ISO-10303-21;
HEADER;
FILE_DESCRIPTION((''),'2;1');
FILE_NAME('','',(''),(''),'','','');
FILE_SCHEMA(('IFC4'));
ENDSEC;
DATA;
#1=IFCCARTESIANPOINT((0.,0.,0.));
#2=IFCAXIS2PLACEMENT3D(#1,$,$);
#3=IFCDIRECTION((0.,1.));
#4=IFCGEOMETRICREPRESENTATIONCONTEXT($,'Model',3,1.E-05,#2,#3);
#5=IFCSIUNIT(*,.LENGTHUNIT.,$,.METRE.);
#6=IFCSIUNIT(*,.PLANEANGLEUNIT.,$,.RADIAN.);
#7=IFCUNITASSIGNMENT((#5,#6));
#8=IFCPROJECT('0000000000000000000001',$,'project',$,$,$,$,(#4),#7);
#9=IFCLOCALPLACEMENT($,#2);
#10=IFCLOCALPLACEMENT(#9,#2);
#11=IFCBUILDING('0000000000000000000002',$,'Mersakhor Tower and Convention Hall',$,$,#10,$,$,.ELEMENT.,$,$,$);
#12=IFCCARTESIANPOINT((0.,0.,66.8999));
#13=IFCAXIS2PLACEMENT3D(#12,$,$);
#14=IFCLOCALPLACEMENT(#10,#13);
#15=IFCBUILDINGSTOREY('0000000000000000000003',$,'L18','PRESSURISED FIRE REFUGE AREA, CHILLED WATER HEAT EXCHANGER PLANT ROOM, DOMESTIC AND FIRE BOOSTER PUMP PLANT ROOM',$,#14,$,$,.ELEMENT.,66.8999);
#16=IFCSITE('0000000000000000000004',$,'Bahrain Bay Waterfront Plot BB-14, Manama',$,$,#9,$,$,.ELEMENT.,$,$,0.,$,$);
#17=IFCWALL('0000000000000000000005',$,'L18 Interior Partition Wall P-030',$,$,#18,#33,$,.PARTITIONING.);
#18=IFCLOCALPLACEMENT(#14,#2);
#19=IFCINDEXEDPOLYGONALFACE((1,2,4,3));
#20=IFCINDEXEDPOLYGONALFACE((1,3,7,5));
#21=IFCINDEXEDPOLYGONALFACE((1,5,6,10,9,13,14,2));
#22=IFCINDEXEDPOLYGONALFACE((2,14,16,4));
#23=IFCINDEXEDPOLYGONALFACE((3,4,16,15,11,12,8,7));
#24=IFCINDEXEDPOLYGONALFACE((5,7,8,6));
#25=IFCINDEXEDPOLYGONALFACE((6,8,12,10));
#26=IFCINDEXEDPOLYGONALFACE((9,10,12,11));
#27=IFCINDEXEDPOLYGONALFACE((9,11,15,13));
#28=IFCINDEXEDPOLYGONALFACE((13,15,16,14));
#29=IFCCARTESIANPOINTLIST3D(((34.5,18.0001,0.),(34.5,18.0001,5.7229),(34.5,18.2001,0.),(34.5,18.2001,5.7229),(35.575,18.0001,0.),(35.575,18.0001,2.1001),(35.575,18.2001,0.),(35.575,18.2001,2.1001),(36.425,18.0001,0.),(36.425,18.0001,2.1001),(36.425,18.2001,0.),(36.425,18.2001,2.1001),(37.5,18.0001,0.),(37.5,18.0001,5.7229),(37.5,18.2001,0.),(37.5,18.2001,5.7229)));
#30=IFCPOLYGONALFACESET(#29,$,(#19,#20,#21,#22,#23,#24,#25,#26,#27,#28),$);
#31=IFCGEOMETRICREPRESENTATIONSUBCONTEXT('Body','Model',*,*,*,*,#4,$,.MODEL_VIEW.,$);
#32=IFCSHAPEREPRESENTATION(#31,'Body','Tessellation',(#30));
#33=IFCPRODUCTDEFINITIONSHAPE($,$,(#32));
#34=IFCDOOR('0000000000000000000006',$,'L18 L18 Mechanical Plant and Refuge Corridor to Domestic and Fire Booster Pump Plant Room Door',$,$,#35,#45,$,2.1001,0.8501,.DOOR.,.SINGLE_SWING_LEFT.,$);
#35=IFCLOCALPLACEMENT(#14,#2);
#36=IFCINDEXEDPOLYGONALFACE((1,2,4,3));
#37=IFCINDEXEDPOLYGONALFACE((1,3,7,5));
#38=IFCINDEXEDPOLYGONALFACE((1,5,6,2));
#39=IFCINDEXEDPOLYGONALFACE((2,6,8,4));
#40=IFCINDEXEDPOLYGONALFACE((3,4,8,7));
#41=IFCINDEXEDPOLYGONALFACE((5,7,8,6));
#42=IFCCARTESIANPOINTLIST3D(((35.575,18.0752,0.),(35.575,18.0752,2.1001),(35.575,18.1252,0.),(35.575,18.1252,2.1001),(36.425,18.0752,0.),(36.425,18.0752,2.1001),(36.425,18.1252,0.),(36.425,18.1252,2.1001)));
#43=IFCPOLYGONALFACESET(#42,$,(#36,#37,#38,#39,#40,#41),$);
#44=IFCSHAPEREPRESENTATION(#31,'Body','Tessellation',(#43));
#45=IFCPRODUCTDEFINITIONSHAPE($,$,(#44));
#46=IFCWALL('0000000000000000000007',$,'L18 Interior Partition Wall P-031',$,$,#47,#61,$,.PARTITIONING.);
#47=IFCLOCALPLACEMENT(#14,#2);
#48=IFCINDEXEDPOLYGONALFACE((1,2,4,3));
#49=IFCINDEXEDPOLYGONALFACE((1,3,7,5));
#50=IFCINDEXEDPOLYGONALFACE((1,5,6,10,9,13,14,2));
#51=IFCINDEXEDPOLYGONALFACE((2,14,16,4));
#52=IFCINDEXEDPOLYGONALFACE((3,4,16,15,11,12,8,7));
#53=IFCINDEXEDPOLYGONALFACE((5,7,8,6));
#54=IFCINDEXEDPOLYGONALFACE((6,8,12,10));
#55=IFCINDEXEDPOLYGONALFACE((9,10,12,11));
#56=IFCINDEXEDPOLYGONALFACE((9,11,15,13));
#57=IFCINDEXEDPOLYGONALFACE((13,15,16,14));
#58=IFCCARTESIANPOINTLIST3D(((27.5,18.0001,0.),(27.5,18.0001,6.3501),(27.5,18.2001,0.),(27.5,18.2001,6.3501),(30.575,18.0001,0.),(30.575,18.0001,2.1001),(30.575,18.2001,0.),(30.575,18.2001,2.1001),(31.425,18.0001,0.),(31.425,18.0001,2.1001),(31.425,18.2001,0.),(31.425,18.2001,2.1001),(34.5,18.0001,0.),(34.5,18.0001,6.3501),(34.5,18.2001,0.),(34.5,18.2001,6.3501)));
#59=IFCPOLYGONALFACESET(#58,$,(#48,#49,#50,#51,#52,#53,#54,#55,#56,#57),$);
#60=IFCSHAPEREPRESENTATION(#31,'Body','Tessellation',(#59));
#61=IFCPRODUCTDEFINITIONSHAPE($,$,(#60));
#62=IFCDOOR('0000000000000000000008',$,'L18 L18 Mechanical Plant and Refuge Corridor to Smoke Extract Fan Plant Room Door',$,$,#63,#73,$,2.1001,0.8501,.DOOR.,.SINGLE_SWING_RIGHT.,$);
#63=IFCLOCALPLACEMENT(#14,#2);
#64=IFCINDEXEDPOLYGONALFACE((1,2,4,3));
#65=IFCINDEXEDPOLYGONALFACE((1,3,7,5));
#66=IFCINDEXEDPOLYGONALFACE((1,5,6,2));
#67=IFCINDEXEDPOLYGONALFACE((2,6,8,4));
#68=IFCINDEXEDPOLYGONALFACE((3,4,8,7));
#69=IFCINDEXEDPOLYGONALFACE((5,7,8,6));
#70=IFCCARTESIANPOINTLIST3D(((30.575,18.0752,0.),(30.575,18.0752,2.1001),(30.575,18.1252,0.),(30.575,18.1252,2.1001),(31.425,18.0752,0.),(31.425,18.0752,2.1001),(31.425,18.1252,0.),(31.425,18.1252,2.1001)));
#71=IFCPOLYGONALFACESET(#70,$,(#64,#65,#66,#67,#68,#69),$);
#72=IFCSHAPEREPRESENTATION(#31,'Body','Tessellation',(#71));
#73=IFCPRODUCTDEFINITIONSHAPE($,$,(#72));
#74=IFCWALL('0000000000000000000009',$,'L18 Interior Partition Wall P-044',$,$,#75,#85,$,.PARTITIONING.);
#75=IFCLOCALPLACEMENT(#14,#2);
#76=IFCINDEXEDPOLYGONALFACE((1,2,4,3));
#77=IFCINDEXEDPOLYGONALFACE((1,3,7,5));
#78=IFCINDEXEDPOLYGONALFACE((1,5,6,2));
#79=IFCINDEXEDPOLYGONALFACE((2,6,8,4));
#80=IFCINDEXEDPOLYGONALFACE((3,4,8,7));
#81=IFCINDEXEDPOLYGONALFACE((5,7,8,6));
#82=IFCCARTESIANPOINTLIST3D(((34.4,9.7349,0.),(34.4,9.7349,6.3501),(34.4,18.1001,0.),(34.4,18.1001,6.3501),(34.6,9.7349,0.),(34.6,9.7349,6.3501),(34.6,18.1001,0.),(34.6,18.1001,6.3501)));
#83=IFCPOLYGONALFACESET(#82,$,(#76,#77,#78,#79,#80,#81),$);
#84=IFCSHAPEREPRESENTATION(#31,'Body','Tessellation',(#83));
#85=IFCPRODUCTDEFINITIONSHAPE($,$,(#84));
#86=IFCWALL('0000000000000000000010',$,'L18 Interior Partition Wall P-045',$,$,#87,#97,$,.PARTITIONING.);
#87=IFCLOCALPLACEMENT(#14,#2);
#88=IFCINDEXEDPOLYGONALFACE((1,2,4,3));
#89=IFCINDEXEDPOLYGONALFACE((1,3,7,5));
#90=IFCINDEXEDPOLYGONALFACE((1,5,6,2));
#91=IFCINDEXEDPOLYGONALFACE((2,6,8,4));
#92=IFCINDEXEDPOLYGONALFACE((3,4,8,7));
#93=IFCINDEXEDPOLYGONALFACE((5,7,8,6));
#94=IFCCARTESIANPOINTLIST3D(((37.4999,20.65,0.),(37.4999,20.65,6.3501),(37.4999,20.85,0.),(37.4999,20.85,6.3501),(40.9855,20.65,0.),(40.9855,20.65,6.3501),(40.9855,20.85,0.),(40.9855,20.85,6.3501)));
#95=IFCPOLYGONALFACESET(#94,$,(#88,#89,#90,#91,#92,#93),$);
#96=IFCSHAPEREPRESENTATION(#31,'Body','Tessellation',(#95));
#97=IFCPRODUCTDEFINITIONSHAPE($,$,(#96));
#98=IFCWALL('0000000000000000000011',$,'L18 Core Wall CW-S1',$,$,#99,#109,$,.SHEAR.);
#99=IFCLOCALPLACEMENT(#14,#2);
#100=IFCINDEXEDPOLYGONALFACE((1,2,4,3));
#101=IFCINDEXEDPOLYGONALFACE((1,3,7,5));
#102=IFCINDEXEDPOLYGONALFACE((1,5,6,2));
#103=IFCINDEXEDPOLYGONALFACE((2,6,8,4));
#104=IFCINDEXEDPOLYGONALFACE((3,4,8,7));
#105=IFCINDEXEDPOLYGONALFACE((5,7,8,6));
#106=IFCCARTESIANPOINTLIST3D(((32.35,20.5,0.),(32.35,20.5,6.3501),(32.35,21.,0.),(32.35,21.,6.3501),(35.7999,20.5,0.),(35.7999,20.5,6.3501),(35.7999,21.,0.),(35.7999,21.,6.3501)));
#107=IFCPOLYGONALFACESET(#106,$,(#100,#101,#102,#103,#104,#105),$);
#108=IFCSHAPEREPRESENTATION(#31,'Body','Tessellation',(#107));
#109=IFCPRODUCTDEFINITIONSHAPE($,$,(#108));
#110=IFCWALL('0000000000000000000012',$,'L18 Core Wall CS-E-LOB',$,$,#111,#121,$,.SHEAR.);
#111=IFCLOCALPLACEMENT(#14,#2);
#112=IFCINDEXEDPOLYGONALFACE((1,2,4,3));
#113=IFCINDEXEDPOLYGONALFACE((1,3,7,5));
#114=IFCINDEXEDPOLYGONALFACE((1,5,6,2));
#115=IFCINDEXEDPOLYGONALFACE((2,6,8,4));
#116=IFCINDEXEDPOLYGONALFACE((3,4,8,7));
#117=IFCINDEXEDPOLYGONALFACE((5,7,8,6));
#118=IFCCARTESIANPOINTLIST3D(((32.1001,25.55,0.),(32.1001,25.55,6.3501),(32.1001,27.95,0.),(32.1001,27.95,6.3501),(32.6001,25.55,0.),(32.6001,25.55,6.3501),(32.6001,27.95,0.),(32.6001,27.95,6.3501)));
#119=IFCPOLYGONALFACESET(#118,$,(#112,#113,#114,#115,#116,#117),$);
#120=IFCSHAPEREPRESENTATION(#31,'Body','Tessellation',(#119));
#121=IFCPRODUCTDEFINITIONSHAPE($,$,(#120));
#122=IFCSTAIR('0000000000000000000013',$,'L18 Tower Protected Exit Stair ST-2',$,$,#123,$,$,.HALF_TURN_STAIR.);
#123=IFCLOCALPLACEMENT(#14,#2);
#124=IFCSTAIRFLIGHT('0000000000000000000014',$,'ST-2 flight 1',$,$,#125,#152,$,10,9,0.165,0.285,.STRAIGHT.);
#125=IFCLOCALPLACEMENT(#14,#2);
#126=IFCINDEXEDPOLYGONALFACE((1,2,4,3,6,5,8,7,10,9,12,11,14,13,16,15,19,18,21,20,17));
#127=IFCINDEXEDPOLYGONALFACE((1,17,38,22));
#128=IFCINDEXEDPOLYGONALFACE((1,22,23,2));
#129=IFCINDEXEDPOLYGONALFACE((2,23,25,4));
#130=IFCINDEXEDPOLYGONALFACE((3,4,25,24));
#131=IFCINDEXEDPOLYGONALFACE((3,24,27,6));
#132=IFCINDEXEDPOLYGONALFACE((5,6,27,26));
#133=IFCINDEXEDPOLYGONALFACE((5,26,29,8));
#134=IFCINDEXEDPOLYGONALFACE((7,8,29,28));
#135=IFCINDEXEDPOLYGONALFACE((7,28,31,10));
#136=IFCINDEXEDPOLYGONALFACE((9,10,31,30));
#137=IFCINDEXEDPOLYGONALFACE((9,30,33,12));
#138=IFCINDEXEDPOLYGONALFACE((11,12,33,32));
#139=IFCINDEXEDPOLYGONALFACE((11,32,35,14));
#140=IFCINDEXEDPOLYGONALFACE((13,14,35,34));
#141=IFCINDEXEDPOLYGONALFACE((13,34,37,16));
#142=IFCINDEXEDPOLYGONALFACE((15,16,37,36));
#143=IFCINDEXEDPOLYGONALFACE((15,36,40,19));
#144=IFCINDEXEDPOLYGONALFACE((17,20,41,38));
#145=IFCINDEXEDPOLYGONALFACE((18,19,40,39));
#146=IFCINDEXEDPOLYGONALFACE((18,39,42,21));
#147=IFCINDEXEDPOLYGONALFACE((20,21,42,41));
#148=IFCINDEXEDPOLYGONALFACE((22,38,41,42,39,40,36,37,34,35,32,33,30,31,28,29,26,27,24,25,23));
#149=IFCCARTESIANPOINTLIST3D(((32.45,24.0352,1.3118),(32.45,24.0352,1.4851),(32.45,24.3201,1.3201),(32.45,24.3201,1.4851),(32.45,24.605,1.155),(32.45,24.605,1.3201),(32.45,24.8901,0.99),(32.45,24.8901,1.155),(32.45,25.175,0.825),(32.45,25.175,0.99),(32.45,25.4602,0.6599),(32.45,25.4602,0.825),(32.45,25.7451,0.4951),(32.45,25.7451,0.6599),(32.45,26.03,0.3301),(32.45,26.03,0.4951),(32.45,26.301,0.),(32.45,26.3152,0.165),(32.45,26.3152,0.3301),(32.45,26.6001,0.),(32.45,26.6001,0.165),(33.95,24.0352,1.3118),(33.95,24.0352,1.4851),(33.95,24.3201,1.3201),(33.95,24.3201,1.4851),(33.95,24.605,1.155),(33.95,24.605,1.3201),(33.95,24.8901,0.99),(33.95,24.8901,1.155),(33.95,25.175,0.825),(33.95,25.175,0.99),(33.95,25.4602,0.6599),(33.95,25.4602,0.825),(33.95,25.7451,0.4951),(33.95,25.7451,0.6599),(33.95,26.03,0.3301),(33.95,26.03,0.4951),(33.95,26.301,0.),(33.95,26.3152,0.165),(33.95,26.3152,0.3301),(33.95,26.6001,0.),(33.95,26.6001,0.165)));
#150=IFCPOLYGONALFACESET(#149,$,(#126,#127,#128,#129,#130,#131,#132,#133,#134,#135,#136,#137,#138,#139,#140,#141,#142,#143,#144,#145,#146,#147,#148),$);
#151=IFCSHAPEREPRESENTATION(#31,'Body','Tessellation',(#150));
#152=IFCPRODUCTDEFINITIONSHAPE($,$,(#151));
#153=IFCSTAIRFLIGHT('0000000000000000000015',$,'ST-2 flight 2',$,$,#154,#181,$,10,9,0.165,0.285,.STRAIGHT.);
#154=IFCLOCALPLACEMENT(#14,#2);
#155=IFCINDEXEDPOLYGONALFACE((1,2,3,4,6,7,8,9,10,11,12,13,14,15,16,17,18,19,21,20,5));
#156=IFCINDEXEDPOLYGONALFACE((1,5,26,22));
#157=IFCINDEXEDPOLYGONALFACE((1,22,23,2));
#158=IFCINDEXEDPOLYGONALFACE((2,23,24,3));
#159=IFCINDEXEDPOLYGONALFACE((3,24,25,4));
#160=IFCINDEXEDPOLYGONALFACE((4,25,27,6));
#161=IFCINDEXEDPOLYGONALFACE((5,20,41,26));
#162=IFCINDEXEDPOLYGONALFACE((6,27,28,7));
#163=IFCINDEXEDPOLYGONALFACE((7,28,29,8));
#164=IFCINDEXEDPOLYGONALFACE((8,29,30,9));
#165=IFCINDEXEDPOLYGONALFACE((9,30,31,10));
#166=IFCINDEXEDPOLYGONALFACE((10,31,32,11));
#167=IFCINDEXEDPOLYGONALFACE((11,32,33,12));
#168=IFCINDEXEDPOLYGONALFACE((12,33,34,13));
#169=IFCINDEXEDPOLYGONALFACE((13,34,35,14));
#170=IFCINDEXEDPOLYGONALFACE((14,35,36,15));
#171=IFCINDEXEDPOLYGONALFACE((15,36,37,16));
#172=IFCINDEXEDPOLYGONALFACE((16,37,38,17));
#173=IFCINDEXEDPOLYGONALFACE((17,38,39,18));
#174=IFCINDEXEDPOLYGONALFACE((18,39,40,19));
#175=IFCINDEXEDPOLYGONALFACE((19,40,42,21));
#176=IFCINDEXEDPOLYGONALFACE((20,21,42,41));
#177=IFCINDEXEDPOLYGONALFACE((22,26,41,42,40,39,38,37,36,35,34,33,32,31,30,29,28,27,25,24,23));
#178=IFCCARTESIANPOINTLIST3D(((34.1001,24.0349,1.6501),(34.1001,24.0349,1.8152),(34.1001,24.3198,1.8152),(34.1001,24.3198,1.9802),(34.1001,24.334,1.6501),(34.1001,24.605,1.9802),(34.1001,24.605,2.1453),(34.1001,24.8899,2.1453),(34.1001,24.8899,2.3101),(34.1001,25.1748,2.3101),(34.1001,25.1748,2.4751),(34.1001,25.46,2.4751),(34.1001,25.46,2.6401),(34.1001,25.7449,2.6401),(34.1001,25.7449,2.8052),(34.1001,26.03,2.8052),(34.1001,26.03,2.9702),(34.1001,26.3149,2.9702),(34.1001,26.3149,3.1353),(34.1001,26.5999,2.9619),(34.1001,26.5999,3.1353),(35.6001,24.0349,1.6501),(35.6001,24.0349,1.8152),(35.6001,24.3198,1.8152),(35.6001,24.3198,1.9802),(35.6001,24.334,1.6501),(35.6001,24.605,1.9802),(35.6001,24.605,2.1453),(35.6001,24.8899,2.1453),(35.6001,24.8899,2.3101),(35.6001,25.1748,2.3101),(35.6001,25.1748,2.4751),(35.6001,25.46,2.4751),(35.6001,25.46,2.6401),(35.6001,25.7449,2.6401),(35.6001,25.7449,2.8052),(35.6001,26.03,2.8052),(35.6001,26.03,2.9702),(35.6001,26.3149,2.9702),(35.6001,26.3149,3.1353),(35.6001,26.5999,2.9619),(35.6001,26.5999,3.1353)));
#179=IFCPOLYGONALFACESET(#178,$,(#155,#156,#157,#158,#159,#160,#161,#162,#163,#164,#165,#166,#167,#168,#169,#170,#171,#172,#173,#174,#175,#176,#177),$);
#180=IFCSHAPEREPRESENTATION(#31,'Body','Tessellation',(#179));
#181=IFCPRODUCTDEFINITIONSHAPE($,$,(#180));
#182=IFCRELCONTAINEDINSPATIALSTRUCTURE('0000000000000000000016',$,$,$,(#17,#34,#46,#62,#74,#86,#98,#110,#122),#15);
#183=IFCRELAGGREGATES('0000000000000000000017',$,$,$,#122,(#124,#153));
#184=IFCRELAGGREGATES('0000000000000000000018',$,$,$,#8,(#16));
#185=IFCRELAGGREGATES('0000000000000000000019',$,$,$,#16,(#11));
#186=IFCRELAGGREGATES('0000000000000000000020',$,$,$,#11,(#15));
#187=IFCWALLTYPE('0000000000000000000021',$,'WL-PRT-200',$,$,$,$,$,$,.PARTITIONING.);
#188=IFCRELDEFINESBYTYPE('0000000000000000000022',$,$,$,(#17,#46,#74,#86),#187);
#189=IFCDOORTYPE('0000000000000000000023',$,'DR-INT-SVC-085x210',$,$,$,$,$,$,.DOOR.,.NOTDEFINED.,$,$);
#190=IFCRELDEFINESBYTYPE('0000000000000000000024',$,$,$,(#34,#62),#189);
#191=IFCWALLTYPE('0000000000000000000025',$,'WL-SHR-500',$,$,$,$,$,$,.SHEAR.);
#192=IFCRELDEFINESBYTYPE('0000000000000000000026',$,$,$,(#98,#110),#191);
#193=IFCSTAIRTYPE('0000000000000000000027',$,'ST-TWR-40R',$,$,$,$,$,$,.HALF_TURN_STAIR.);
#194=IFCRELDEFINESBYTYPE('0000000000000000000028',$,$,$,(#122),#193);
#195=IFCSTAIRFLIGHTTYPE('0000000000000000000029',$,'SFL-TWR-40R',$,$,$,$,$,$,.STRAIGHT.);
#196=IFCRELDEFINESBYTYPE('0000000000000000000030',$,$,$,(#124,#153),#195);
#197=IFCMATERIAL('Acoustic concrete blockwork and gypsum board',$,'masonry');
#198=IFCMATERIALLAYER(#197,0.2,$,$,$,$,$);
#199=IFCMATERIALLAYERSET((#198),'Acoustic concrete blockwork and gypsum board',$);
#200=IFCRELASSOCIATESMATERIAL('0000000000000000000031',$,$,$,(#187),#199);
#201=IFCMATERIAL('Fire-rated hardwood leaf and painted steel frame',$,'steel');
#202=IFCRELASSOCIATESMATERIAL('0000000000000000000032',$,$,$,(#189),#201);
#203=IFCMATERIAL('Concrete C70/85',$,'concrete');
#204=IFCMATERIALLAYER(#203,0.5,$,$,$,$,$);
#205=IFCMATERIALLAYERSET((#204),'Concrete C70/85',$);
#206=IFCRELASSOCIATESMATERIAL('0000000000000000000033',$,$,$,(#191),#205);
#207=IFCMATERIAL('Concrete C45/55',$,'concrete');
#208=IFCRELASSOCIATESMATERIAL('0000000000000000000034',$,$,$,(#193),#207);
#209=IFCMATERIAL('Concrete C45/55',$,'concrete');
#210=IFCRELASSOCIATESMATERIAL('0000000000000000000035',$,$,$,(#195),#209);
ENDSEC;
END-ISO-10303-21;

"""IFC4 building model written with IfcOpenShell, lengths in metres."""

from ifc_helpers import new_model, si_unit, direction, frame, frame_2d, origin, place, context, subcontext, project, spatial, polyline, rectangle, outline, extrude, material, layer, layer_set, type_object, element, fill, aggregate, save


model = new_model("IFC4")

# Units and contexts
model_context = context("Model", 3, precision=1e-05, world=origin(), true_north=direction((0.0, 1.0)))
body_context = subcontext(model_context, "Body", "Model", "MODEL_VIEW")
ifc_project = project(units=[si_unit("LENGTHUNIT", "METRE"), si_unit("PLANEANGLEUNIT", "RADIAN")], contexts=[model_context])

# Site, building, storey
site_placement = place(None, origin())
site = spatial("IfcSite", under=ifc_project, at=site_placement, Name="Bahrain Bay Waterfront Plot BB-14, Manama", CompositionType="ELEMENT", RefElevation=0.0)
building_placement = place(site_placement, origin())
building = spatial("IfcBuilding", under=site, at=building_placement, Name="Mersakhor Tower and Convention Hall", CompositionType="ELEMENT")
storey_placement = place(building_placement, frame((0.0, 0.0, 66.8999)))
storey = spatial("IfcBuildingStorey", under=building, at=storey_placement, Name="L18", Description="PRESSURISED FIRE REFUGE AREA, CHILLED WATER HEAT EXCHANGER PLANT ROOM, DOMESTIC AND FIRE BOOSTER PUMP PLANT ROOM", CompositionType="ELEMENT", Elevation=66.8999)

# Shared definitions
ifc_material_1 = material(Name="Acoustic concrete blockwork and gypsum board", Category="masonry")
ifc_layer_1 = layer(ifc_material_1, 0.2)
ifc_layer_set_1 = layer_set([ifc_layer_1], Name="Acoustic concrete blockwork and gypsum board")
wall_type_1 = type_object("IfcWallType", Name="WL-PRT-200", PredefinedType="PARTITIONING", material=ifc_layer_set_1)

# Walls, openings, doors
wall_1_placement = place(storey_placement, frame((37.5, 18.1001, 0.0), z_axis=(0.0, 0.0, 1.0), x_axis=(-1.0, 0.0, 0.0)))
wall_1 = element("IfcWall", 1, at=wall_1_placement, inside=storey, type_object=wall_type_1, Name="L18 Interior Partition Wall P-030", PredefinedType="PARTITIONING", context=body_context, shape_type="SweptSolid", body=[
    extrude(rectangle(XDim=3.0, YDim=0.2, at=frame_2d((1.5, 0.0))), origin(), (0.0, 0.0, 1.0), 5.7229),
])
opening_1_placement = place(wall_1_placement, frame((1.075, 0.0, 0.0)))
opening_1 = element("IfcOpeningElement", 2, at=opening_1_placement, cuts=wall_1, PredefinedType="OPENING", context=body_context, shape_type="SweptSolid", body=[
    extrude(rectangle(XDim=0.8501, YDim=2.1001, at=frame_2d((0.425, 1.05))), frame((0.0, 0.1099, 0.0), z_axis=(0.0, -1.0, 0.0), x_axis=(1.0, 0.0, 0.0)), (0.0, 0.0, 1.0), 0.22),
])
ifc_material_2 = material(Name="Fire-rated hardwood leaf and painted steel frame", Category="steel")
door_type = type_object("IfcDoorType", Name="DR-INT-SVC-085x210", OperationType="NOTDEFINED", PredefinedType="DOOR", material=ifc_material_2)
door_1_placement = place(opening_1_placement, origin())
door_1 = element("IfcDoor", 3, at=door_1_placement, inside=storey, type_object=door_type, Name="L18 L18 Mechanical Plant and Refuge Corridor to Domestic and Fire Booster Pump Plant Room Door", OperationType="SINGLE_SWING_LEFT", OverallHeight=2.1001, OverallWidth=0.8501, PredefinedType="DOOR", context=body_context, shape_type="SweptSolid", body=[
    extrude(rectangle(XDim=0.8501, YDim=2.1001, at=frame_2d((0.425, 1.05))), frame((0.0, 0.0249, 0.0), z_axis=(0.0, -1.0, 0.0), x_axis=(1.0, 0.0, 0.0)), (0.0, 0.0, 1.0), 0.05),
])
fill(opening_1, door_1)
wall_2_placement = place(storey_placement, frame((34.5, 18.1001, 0.0), z_axis=(0.0, 0.0, 1.0), x_axis=(-1.0, 0.0, 0.0)))
wall_2 = element("IfcWall", 4, at=wall_2_placement, inside=storey, type_object=wall_type_1, Name="L18 Interior Partition Wall P-031", PredefinedType="PARTITIONING", context=body_context, shape_type="SweptSolid", body=[
    extrude(rectangle(XDim=7.0, YDim=0.2, at=frame_2d((3.5, 0.0))), origin(), (0.0, 0.0, 1.0), 6.3501),
])
opening_2_placement = place(wall_2_placement, frame((3.075, 0.0, 0.0)))
opening_2 = element("IfcOpeningElement", 5, at=opening_2_placement, cuts=wall_2, PredefinedType="OPENING", context=body_context, shape_type="SweptSolid", body=[
    extrude(rectangle(XDim=0.8501, YDim=2.1001, at=frame_2d((0.425, 1.05))), frame((0.0, 0.1099, 0.0), z_axis=(0.0, -1.0, 0.0), x_axis=(1.0, 0.0, 0.0)), (0.0, 0.0, 1.0), 0.22),
])
door_2_placement = place(opening_2_placement, origin())
door_2 = element("IfcDoor", 6, at=door_2_placement, inside=storey, type_object=door_type, Name="L18 L18 Mechanical Plant and Refuge Corridor to Smoke Extract Fan Plant Room Door", OperationType="SINGLE_SWING_RIGHT", OverallHeight=2.1001, OverallWidth=0.8501, PredefinedType="DOOR", context=body_context, shape_type="SweptSolid", body=[
    extrude(rectangle(XDim=0.8501, YDim=2.1001, at=frame_2d((0.425, 1.05))), frame((0.0, 0.0249, 0.0), z_axis=(0.0, -1.0, 0.0), x_axis=(1.0, 0.0, 0.0)), (0.0, 0.0, 1.0), 0.05),
])
fill(opening_2, door_2)

# Walls
wall_3_placement = place(storey_placement, frame((34.5, 18.1001, 0.0), z_axis=(0.0, 0.0, 1.0), x_axis=(0.0, -1.0, 0.0)))
element("IfcWall", 7, at=wall_3_placement, inside=storey, type_object=wall_type_1, Name="L18 Interior Partition Wall P-044", PredefinedType="PARTITIONING", context=body_context, shape_type="SweptSolid", body=[
    extrude(rectangle(XDim=8.3652, YDim=0.2, at=frame_2d((4.1826, 0.0))), origin(), (0.0, 0.0, 1.0), 6.3501),
])
wall_4_placement = place(storey_placement, frame((37.5, 20.75, 0.0), z_axis=(0.0, 0.0, 1.0), x_axis=(1.0, 0.0, 0.0)))
element("IfcWall", 8, at=wall_4_placement, inside=storey, type_object=wall_type_1, Name="L18 Interior Partition Wall P-045", PredefinedType="PARTITIONING", context=body_context, shape_type="SweptSolid", body=[
    extrude(rectangle(XDim=3.4856, YDim=0.2, at=frame_2d((1.7427, 0.0))), origin(), (0.0, 0.0, 1.0), 6.3501),
])
ifc_material_3 = material(Name="Concrete C70/85", Category="concrete")
ifc_layer_2 = layer(ifc_material_3, 0.5)
ifc_layer_set_2 = layer_set([ifc_layer_2], Name="Concrete C70/85")
wall_type_2 = type_object("IfcWallType", Name="WL-SHR-500", PredefinedType="SHEAR", material=ifc_layer_set_2)
wall_5_placement = place(storey_placement, frame((35.8, 20.75, 0.0), z_axis=(0.0, 0.0, 1.0), x_axis=(-1.0, 0.0, 0.0)))
element("IfcWall", 9, at=wall_5_placement, inside=storey, type_object=wall_type_2, Name="L18 Core Wall CW-S1", PredefinedType="SHEAR", context=body_context, shape_type="SweptSolid", body=[
    extrude(rectangle(XDim=3.45, YDim=0.5, at=frame_2d((1.7251, 0.0))), origin(), (0.0, 0.0, 1.0), 6.3501),
])
wall_6_placement = place(storey_placement, frame((32.3501, 25.55, 0.0), z_axis=(0.0, 0.0, 1.0), x_axis=(0.0, 1.0, 0.0)))
element("IfcWall", 10, at=wall_6_placement, inside=storey, type_object=wall_type_2, Name="L18 Core Wall CS-E-LOB", PredefinedType="SHEAR", context=body_context, shape_type="SweptSolid", body=[
    extrude(rectangle(XDim=2.3999, YDim=0.5, at=frame_2d((1.2, 0.0))), origin(), (0.0, 0.0, 1.0), 6.3501),
])

# Stair, stair flights
ifc_material_4 = material(Name="Concrete C45/55", Category="concrete")
stair_type = type_object("IfcStairType", Name="ST-TWR-40R", PredefinedType="HALF_TURN_STAIR", material=ifc_material_4)
stair_placement = place(storey_placement, origin())
stair = element("IfcStair", 11, at=stair_placement, inside=storey, type_object=stair_type, Name="L18 Tower Protected Exit Stair ST-2", PredefinedType="HALF_TURN_STAIR")
ifc_material_5 = material(Name="Concrete C45/55", Category="concrete")
stair_flight_type = type_object("IfcStairFlightType", Name="SFL-TWR-40R", PredefinedType="STRAIGHT", material=ifc_material_5)
stair_flight_1_placement = place(storey_placement, frame((33.2, 26.6001, 0.0), z_axis=(0.0, 0.0, 1.0), x_axis=(0.0, -1.0, 0.0)))
stair_flight_1 = element("IfcStairFlight", 12, at=stair_flight_1_placement, type_object=stair_flight_type, Name="ST-2 flight 1", NumberOfRisers=10, NumberOfTreads=9, PredefinedType="STRAIGHT", RiserHeight=0.165, TreadLength=0.285, context=body_context, shape_type="SweptSolid", body=[
    extrude(outline(polyline([(0.0, 0.0), (0.0, 0.165), (0.2849, 0.165), (0.2849, 0.3301), (0.5701, 0.3301), (0.5701, 0.4951), (0.855, 0.4951), (0.855, 0.6599), (1.1399, 0.6599), (1.1399, 0.825), (1.425, 0.825), (1.425, 0.99), (1.71, 0.99), (1.71, 1.155), (1.9951, 1.155), (1.9951, 1.3201), (2.28, 1.3201), (2.28, 1.4851), (2.5649, 1.4851), (2.5649, 1.6499), (2.5649, 1.3118), (0.2991, 0.0), (0.0, 0.0)])), frame((0.0, 0.75, 0.0), z_axis=(0.0, -1.0, 0.0), x_axis=(1.0, 0.0, 0.0)), (0.0, 0.0, 1.0), 1.5),
])
stair_flight_2_placement = place(storey_placement, frame((34.8501, 24.0349, 1.6501), z_axis=(0.0, 0.0, 1.0), x_axis=(0.0, 1.0, 0.0)))
stair_flight_2 = element("IfcStairFlight", 13, at=stair_flight_2_placement, type_object=stair_flight_type, Name="ST-2 flight 2", NumberOfRisers=10, NumberOfTreads=9, PredefinedType="STRAIGHT", RiserHeight=0.165, TreadLength=0.285, context=body_context, shape_type="SweptSolid", body=[
    extrude(outline(polyline([(0.0, 0.0), (0.0, 0.165), (0.2849, 0.165), (0.2849, 0.3301), (0.5701, 0.3301), (0.5701, 0.4951), (0.855, 0.4951), (0.855, 0.6599), (1.1399, 0.6599), (1.1399, 0.825), (1.425, 0.825), (1.425, 0.99), (1.71, 0.99), (1.71, 1.155), (1.9951, 1.155), (1.9951, 1.3201), (2.28, 1.3201), (2.28, 1.4851), (2.5649, 1.4851), (2.5649, 1.6499), (2.5649, 1.3118), (0.2991, 0.0), (0.0, 0.0)])), frame((0.0, 0.75, 0.0), z_axis=(0.0, -1.0, 0.0), x_axis=(1.0, 0.0, 0.0)), (0.0, 0.0, 1.0), 1.5),
])
aggregate(stair, [stair_flight_1, stair_flight_2])

save(model, "model.ifc")
